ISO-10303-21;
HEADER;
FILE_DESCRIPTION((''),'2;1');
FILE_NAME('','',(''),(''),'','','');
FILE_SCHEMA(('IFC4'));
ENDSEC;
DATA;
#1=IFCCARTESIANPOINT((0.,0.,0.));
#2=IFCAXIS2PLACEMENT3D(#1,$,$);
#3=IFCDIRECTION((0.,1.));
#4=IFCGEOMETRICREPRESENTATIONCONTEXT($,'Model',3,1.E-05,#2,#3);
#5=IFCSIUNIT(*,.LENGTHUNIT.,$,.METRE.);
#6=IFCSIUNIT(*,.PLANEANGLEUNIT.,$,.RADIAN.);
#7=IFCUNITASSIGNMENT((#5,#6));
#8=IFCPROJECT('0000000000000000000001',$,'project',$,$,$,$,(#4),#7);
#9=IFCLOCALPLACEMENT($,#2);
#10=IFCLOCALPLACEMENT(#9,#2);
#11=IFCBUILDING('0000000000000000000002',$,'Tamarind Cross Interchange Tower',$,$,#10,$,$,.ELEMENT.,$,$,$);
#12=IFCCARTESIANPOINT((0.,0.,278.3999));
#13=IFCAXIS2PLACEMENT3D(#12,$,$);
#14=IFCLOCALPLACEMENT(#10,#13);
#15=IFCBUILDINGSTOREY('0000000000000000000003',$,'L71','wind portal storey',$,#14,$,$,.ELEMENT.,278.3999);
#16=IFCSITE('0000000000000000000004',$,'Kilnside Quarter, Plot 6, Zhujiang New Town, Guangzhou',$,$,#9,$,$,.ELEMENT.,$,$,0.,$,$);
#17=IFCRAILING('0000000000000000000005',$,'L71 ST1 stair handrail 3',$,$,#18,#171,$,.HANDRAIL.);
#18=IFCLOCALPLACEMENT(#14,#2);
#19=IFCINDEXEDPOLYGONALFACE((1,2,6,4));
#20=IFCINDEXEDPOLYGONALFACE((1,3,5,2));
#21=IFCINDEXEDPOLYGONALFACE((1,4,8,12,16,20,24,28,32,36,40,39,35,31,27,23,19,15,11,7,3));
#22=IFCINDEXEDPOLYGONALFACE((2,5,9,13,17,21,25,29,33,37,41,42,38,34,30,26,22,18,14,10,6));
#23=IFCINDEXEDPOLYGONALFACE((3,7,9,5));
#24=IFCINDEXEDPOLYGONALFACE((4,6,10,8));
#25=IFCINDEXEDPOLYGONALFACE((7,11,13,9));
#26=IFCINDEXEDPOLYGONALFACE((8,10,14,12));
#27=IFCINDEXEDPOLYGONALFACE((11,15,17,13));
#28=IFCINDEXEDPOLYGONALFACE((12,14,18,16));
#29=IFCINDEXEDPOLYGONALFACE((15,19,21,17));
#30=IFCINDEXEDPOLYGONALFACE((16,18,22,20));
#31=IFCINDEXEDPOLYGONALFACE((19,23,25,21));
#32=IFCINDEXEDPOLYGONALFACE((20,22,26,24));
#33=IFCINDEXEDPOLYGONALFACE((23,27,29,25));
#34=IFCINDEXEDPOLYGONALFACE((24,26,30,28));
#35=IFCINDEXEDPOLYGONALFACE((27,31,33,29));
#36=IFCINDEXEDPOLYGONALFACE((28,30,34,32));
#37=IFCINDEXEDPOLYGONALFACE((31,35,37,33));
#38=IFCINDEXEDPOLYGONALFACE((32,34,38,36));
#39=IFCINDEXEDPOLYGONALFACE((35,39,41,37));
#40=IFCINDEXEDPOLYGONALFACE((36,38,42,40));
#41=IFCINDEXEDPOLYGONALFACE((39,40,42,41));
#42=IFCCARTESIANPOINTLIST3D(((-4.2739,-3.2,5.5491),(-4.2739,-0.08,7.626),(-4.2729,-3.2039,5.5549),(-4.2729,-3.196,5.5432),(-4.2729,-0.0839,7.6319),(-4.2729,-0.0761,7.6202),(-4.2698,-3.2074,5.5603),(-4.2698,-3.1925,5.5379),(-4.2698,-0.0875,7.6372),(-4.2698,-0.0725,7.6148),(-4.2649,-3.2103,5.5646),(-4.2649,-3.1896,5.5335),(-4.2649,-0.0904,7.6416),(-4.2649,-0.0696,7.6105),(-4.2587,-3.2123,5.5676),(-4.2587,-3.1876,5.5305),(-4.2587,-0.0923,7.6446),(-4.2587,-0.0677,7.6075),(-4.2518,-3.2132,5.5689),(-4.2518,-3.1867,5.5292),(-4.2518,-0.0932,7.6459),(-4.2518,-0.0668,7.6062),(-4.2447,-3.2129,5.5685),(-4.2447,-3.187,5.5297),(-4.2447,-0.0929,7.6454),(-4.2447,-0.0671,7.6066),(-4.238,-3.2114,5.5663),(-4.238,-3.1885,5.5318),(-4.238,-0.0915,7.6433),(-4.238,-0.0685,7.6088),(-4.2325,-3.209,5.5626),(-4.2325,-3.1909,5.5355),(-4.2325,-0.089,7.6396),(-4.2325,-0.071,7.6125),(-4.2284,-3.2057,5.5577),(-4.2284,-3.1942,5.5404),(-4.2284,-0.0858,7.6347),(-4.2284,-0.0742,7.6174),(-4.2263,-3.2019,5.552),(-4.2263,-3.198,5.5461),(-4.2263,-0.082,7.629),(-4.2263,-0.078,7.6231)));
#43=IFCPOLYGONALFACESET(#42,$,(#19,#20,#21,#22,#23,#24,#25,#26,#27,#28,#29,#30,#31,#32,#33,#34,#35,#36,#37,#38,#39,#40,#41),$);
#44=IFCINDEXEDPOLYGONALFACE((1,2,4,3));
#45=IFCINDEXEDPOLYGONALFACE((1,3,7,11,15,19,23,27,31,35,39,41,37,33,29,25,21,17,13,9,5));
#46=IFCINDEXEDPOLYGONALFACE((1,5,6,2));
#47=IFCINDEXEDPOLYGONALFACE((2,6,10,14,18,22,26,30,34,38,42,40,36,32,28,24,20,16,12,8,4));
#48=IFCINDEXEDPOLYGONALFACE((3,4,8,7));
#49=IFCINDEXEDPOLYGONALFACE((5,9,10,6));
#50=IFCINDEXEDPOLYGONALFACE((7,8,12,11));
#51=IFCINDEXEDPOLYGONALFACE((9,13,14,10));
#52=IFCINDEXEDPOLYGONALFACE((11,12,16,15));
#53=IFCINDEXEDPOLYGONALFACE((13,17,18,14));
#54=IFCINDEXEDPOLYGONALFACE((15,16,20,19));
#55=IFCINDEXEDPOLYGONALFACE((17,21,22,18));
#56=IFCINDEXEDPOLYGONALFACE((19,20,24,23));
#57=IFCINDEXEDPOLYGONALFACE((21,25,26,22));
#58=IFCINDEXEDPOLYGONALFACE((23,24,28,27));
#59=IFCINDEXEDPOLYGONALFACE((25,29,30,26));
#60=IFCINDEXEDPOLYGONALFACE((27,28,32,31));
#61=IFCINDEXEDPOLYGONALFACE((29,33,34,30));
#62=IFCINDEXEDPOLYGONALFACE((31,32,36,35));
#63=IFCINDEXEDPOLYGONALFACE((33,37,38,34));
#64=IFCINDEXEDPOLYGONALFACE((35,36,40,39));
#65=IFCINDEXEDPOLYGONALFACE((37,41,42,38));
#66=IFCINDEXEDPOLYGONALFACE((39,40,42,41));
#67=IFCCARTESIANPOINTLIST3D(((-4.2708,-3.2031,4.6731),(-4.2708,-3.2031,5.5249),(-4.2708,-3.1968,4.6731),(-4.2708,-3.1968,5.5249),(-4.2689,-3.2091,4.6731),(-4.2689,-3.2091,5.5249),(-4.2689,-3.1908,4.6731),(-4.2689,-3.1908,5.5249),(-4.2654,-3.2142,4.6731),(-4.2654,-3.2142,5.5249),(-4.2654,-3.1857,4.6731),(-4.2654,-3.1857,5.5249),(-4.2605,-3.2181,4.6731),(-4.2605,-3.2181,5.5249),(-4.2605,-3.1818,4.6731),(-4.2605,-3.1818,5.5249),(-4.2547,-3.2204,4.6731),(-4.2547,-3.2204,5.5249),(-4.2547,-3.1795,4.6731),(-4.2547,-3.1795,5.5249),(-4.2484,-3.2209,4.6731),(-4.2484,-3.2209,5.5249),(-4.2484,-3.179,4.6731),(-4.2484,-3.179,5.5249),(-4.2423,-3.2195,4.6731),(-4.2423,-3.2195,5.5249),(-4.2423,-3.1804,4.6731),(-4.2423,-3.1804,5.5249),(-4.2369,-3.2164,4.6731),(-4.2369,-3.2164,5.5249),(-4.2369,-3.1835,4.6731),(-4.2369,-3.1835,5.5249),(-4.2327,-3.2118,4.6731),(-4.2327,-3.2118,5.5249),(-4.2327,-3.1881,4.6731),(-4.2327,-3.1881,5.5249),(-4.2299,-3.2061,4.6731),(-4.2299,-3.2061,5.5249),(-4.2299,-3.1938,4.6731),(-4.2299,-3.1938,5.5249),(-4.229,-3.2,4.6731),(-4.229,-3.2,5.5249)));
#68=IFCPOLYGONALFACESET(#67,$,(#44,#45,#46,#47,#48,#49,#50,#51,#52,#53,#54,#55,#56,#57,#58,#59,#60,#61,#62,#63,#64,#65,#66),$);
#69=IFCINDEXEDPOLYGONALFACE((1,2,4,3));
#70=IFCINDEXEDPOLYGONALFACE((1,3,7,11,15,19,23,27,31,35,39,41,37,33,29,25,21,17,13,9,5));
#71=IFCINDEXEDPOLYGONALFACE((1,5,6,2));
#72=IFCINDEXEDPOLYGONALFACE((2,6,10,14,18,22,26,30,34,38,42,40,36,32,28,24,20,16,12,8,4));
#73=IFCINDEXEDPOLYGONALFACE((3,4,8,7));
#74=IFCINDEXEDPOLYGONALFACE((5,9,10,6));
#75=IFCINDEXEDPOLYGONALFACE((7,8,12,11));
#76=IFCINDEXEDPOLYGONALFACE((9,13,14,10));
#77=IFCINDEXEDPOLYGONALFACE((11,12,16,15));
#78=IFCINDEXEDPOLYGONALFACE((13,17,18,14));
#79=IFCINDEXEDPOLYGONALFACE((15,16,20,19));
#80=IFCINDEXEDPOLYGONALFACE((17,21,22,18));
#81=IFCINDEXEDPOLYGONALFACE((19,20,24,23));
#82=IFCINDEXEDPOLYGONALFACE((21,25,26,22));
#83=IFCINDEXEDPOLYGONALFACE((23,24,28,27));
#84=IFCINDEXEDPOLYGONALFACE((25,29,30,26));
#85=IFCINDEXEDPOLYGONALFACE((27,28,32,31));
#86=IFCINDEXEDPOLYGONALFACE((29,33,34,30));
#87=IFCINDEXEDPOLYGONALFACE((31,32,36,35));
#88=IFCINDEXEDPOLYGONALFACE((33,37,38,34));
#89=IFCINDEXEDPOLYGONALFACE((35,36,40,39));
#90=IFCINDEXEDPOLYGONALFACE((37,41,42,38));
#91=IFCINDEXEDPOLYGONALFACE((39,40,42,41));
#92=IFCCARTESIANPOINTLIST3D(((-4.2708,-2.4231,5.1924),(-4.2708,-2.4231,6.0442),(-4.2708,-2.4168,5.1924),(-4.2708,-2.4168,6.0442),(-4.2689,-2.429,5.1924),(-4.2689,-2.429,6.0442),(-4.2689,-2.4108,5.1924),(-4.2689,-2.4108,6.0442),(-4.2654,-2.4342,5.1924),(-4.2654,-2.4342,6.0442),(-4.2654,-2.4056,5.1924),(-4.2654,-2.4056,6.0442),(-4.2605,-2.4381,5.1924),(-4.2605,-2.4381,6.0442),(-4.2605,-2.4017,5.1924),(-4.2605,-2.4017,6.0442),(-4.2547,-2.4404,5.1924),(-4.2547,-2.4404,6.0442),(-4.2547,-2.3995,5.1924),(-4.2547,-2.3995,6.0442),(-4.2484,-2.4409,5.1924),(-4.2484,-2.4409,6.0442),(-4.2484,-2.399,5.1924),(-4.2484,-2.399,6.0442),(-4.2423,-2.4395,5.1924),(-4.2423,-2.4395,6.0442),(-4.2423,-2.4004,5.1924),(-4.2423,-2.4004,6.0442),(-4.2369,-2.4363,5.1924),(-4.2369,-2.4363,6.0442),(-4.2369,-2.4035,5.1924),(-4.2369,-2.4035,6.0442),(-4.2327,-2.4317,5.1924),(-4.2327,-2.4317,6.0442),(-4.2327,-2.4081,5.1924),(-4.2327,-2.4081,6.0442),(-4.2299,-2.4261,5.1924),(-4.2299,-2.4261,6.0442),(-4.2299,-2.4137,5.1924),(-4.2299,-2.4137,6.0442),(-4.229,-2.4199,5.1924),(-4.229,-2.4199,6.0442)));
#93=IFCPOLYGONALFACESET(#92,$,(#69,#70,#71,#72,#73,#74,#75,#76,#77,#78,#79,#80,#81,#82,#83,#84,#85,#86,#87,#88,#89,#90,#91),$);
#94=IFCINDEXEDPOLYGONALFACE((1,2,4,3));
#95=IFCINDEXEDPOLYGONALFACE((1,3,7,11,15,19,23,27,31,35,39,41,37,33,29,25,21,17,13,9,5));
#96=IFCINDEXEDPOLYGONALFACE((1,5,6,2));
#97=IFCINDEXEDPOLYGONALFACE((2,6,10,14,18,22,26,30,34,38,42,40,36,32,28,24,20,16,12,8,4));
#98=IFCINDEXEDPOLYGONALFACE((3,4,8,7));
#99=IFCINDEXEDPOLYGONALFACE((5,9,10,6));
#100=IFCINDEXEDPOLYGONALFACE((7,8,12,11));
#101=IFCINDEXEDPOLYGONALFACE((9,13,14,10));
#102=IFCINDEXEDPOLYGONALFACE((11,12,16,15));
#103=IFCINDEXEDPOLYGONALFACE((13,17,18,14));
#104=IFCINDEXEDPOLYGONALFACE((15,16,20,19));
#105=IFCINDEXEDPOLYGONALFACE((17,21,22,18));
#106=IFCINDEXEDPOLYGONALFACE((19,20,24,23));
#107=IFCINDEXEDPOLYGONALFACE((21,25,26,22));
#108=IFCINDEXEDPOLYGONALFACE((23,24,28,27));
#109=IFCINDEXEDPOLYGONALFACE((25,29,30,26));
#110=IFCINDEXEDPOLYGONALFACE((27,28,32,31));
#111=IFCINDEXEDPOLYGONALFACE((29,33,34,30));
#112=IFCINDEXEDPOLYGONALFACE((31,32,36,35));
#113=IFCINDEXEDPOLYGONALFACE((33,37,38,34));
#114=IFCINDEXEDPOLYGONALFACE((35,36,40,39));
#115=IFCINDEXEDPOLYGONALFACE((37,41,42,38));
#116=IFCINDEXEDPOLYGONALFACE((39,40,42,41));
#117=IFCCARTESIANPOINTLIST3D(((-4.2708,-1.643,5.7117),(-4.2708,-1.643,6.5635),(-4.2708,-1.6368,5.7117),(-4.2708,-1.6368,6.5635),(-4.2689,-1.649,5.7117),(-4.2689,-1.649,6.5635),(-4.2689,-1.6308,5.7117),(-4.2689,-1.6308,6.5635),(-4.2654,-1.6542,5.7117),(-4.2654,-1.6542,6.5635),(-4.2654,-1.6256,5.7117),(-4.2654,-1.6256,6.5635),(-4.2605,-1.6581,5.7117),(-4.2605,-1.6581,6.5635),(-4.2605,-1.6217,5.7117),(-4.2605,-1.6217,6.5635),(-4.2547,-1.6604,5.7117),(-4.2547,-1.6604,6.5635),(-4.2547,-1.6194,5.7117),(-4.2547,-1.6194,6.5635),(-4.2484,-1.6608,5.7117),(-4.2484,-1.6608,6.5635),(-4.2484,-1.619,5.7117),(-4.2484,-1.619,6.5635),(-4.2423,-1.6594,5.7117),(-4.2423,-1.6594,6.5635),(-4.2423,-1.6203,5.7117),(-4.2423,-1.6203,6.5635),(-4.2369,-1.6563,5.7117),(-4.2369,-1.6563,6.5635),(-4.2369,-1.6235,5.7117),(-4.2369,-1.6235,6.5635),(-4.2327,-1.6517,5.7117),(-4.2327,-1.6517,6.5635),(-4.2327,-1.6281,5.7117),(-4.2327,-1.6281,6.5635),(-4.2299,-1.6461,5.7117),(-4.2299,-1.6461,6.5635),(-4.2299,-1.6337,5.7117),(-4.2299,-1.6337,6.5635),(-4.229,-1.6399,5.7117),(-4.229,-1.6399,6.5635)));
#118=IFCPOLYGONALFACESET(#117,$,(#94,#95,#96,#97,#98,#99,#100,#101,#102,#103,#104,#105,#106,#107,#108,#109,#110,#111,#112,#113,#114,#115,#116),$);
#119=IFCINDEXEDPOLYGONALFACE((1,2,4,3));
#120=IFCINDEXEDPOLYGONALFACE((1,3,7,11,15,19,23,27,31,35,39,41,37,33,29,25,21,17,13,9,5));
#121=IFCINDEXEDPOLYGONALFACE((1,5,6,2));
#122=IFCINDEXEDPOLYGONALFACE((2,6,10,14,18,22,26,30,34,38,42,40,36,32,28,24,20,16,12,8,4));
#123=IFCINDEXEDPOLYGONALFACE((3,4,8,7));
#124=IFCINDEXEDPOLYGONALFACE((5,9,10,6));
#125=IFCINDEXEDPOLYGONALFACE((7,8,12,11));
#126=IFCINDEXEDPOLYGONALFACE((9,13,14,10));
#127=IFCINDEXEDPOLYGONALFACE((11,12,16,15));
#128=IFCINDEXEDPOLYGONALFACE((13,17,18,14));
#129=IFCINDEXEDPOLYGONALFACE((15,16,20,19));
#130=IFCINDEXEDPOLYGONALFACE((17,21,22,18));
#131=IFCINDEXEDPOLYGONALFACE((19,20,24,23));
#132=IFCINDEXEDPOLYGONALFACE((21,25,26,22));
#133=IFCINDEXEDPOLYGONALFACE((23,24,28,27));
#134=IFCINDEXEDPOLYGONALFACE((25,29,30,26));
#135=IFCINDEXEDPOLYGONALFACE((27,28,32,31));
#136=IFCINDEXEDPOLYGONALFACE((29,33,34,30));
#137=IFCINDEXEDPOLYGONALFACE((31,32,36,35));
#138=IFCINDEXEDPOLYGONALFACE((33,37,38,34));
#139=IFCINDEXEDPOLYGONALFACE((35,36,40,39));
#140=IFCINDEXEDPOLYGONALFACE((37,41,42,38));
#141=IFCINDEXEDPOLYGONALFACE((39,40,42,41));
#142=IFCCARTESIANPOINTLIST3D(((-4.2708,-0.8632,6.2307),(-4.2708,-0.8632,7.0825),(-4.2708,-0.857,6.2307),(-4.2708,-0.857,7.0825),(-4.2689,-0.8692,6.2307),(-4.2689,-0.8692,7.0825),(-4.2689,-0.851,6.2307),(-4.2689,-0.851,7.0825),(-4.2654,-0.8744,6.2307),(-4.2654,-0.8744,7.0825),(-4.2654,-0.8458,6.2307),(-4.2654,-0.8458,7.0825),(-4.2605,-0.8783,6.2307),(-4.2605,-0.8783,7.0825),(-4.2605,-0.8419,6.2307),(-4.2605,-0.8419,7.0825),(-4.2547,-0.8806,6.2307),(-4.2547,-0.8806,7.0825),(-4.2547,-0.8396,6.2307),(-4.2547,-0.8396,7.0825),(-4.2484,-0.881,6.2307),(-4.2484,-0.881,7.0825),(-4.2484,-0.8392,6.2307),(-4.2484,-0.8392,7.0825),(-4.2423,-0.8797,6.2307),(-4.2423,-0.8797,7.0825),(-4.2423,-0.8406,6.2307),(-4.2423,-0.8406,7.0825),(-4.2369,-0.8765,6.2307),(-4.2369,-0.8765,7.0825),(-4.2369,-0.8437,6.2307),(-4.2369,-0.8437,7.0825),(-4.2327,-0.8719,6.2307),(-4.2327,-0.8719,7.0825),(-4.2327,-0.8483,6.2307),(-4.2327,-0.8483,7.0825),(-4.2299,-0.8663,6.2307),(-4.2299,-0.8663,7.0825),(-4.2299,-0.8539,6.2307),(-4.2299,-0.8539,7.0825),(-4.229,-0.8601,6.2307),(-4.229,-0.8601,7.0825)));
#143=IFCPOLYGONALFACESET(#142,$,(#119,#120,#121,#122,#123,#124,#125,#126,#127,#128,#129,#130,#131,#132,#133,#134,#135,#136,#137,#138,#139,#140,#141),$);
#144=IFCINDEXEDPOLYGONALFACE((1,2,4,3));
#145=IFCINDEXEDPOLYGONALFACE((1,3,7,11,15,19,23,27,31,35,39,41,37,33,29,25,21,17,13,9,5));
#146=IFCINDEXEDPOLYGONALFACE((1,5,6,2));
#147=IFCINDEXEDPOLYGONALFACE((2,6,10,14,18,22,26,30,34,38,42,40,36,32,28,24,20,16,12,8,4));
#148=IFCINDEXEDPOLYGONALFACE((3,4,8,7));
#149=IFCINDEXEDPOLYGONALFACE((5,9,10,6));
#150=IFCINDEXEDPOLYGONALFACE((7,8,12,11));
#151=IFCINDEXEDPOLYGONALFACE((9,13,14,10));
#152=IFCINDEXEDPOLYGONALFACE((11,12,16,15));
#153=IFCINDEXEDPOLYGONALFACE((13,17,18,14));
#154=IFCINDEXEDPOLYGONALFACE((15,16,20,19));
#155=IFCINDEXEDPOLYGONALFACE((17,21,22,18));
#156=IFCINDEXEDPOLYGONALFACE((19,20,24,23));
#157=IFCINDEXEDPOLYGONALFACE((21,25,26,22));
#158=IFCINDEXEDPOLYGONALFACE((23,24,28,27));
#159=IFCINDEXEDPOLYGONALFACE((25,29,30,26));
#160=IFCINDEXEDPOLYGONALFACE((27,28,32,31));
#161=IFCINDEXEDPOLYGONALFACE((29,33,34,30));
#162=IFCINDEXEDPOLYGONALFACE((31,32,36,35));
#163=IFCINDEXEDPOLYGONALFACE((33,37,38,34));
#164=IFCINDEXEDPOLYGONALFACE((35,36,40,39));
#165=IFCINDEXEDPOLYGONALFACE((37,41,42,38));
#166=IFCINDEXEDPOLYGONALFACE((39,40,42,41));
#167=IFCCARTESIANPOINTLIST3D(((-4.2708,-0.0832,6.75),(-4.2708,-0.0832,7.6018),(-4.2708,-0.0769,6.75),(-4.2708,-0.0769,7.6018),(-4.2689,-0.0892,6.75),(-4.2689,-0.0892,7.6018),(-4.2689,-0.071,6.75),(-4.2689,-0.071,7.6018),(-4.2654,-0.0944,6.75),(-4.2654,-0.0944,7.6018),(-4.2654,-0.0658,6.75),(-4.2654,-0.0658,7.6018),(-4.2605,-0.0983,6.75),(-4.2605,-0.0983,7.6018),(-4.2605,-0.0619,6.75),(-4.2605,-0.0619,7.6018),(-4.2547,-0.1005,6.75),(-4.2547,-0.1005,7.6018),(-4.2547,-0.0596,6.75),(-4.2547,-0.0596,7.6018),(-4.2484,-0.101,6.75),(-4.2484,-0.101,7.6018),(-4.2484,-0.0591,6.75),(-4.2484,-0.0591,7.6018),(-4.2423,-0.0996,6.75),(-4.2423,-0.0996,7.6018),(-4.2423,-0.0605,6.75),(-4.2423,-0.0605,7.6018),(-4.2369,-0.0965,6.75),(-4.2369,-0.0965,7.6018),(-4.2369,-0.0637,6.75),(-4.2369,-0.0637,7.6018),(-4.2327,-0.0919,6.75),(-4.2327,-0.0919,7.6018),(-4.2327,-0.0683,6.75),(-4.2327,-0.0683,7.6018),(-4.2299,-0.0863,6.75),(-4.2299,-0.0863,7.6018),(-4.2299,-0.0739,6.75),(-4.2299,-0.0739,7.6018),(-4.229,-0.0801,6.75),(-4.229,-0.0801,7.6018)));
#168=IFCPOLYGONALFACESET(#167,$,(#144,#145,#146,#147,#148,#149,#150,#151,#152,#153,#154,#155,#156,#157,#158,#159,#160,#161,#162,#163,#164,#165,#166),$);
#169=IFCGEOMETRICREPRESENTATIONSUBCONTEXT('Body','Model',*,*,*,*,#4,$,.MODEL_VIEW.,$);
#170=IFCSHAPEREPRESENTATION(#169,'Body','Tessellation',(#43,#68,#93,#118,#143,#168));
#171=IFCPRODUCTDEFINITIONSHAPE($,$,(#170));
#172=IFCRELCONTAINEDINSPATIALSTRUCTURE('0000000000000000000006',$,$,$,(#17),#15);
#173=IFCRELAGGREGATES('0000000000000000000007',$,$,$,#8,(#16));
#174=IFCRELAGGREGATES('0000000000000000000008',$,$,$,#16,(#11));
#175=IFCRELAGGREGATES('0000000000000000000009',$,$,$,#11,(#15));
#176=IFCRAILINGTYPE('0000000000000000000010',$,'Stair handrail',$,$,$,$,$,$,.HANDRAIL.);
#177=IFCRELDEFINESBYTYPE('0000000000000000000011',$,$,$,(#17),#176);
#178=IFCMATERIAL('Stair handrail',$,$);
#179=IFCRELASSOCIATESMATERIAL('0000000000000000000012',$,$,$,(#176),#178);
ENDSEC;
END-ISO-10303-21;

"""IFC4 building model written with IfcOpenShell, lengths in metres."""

from ifc_helpers import new_model, si_unit, direction, frame, origin, origin_2d, place, context, subcontext, project, spatial, circle, extrude, material, type_object, element, save


model = new_model("IFC4")

# Units and contexts
model_context = context("Model", 3, precision=1e-05, world=origin(), true_north=direction((0.0, 1.0)))
body_context = subcontext(model_context, "Body", "Model", "MODEL_VIEW")
ifc_project = project(units=[si_unit("LENGTHUNIT", "METRE"), si_unit("PLANEANGLEUNIT", "RADIAN")], contexts=[model_context])

# Site, building, storey
site_placement = place(None, origin())
site = spatial("IfcSite", under=ifc_project, at=site_placement, Name="Kilnside Quarter, Plot 6, Zhujiang New Town, Guangzhou", CompositionType="ELEMENT", RefElevation=0.0)
building_placement = place(site_placement, origin())
building = spatial("IfcBuilding", under=site, at=building_placement, Name="Tamarind Cross Interchange Tower", CompositionType="ELEMENT")
storey_placement = place(building_placement, frame((0.0, 0.0, 278.3999)))
storey = spatial("IfcBuildingStorey", under=building, at=storey_placement, Name="L71", Description="wind portal storey", CompositionType="ELEMENT", Elevation=278.3999)

# Railing
ifc_material_1 = material(Name="Stair handrail")
railing_type_1 = type_object("IfcRailingType", Name="Stair handrail", PredefinedType="HANDRAIL", material=ifc_material_1)
railing_1_placement = place(storey_placement, frame((-4.25, -3.2, 4.6731)))
element("IfcRailing", 1, at=railing_1_placement, inside=storey, type_object=railing_type_1, Name="L71 ST1 stair handrail 3", PredefinedType="HANDRAIL", context=body_context, shape_type="SweptSolid", body=[
    extrude(circle(Radius=0.0239, at=origin_2d()), frame((0.0, 0.0, 0.876), z_axis=(0.0, 0.832421, 0.554144), x_axis=(-1.0, 0.0, 0.0)), (0.0, 0.0, 1.0), 3.748),
    extrude(circle(Radius=0.021, at=origin_2d()), origin(), (0.0, 0.0, 1.0), 0.8518),
    extrude(circle(Radius=0.021, at=origin_2d()), frame((0.0, 0.78, 0.5193)), (0.0, 0.0, 1.0), 0.8518),
    extrude(circle(Radius=0.021, at=origin_2d()), frame((0.0, 1.5601, 1.0386)), (0.0, 0.0, 1.0), 0.8518),
    extrude(circle(Radius=0.021, at=origin_2d()), frame((0.0, 2.3398, 1.5576)), (0.0, 0.0, 1.0), 0.8518),
    extrude(circle(Radius=0.021, at=origin_2d()), frame((0.0, 3.1199, 2.0769)), (0.0, 0.0, 1.0), 0.8518),
])

save(model, "model.ifc")
